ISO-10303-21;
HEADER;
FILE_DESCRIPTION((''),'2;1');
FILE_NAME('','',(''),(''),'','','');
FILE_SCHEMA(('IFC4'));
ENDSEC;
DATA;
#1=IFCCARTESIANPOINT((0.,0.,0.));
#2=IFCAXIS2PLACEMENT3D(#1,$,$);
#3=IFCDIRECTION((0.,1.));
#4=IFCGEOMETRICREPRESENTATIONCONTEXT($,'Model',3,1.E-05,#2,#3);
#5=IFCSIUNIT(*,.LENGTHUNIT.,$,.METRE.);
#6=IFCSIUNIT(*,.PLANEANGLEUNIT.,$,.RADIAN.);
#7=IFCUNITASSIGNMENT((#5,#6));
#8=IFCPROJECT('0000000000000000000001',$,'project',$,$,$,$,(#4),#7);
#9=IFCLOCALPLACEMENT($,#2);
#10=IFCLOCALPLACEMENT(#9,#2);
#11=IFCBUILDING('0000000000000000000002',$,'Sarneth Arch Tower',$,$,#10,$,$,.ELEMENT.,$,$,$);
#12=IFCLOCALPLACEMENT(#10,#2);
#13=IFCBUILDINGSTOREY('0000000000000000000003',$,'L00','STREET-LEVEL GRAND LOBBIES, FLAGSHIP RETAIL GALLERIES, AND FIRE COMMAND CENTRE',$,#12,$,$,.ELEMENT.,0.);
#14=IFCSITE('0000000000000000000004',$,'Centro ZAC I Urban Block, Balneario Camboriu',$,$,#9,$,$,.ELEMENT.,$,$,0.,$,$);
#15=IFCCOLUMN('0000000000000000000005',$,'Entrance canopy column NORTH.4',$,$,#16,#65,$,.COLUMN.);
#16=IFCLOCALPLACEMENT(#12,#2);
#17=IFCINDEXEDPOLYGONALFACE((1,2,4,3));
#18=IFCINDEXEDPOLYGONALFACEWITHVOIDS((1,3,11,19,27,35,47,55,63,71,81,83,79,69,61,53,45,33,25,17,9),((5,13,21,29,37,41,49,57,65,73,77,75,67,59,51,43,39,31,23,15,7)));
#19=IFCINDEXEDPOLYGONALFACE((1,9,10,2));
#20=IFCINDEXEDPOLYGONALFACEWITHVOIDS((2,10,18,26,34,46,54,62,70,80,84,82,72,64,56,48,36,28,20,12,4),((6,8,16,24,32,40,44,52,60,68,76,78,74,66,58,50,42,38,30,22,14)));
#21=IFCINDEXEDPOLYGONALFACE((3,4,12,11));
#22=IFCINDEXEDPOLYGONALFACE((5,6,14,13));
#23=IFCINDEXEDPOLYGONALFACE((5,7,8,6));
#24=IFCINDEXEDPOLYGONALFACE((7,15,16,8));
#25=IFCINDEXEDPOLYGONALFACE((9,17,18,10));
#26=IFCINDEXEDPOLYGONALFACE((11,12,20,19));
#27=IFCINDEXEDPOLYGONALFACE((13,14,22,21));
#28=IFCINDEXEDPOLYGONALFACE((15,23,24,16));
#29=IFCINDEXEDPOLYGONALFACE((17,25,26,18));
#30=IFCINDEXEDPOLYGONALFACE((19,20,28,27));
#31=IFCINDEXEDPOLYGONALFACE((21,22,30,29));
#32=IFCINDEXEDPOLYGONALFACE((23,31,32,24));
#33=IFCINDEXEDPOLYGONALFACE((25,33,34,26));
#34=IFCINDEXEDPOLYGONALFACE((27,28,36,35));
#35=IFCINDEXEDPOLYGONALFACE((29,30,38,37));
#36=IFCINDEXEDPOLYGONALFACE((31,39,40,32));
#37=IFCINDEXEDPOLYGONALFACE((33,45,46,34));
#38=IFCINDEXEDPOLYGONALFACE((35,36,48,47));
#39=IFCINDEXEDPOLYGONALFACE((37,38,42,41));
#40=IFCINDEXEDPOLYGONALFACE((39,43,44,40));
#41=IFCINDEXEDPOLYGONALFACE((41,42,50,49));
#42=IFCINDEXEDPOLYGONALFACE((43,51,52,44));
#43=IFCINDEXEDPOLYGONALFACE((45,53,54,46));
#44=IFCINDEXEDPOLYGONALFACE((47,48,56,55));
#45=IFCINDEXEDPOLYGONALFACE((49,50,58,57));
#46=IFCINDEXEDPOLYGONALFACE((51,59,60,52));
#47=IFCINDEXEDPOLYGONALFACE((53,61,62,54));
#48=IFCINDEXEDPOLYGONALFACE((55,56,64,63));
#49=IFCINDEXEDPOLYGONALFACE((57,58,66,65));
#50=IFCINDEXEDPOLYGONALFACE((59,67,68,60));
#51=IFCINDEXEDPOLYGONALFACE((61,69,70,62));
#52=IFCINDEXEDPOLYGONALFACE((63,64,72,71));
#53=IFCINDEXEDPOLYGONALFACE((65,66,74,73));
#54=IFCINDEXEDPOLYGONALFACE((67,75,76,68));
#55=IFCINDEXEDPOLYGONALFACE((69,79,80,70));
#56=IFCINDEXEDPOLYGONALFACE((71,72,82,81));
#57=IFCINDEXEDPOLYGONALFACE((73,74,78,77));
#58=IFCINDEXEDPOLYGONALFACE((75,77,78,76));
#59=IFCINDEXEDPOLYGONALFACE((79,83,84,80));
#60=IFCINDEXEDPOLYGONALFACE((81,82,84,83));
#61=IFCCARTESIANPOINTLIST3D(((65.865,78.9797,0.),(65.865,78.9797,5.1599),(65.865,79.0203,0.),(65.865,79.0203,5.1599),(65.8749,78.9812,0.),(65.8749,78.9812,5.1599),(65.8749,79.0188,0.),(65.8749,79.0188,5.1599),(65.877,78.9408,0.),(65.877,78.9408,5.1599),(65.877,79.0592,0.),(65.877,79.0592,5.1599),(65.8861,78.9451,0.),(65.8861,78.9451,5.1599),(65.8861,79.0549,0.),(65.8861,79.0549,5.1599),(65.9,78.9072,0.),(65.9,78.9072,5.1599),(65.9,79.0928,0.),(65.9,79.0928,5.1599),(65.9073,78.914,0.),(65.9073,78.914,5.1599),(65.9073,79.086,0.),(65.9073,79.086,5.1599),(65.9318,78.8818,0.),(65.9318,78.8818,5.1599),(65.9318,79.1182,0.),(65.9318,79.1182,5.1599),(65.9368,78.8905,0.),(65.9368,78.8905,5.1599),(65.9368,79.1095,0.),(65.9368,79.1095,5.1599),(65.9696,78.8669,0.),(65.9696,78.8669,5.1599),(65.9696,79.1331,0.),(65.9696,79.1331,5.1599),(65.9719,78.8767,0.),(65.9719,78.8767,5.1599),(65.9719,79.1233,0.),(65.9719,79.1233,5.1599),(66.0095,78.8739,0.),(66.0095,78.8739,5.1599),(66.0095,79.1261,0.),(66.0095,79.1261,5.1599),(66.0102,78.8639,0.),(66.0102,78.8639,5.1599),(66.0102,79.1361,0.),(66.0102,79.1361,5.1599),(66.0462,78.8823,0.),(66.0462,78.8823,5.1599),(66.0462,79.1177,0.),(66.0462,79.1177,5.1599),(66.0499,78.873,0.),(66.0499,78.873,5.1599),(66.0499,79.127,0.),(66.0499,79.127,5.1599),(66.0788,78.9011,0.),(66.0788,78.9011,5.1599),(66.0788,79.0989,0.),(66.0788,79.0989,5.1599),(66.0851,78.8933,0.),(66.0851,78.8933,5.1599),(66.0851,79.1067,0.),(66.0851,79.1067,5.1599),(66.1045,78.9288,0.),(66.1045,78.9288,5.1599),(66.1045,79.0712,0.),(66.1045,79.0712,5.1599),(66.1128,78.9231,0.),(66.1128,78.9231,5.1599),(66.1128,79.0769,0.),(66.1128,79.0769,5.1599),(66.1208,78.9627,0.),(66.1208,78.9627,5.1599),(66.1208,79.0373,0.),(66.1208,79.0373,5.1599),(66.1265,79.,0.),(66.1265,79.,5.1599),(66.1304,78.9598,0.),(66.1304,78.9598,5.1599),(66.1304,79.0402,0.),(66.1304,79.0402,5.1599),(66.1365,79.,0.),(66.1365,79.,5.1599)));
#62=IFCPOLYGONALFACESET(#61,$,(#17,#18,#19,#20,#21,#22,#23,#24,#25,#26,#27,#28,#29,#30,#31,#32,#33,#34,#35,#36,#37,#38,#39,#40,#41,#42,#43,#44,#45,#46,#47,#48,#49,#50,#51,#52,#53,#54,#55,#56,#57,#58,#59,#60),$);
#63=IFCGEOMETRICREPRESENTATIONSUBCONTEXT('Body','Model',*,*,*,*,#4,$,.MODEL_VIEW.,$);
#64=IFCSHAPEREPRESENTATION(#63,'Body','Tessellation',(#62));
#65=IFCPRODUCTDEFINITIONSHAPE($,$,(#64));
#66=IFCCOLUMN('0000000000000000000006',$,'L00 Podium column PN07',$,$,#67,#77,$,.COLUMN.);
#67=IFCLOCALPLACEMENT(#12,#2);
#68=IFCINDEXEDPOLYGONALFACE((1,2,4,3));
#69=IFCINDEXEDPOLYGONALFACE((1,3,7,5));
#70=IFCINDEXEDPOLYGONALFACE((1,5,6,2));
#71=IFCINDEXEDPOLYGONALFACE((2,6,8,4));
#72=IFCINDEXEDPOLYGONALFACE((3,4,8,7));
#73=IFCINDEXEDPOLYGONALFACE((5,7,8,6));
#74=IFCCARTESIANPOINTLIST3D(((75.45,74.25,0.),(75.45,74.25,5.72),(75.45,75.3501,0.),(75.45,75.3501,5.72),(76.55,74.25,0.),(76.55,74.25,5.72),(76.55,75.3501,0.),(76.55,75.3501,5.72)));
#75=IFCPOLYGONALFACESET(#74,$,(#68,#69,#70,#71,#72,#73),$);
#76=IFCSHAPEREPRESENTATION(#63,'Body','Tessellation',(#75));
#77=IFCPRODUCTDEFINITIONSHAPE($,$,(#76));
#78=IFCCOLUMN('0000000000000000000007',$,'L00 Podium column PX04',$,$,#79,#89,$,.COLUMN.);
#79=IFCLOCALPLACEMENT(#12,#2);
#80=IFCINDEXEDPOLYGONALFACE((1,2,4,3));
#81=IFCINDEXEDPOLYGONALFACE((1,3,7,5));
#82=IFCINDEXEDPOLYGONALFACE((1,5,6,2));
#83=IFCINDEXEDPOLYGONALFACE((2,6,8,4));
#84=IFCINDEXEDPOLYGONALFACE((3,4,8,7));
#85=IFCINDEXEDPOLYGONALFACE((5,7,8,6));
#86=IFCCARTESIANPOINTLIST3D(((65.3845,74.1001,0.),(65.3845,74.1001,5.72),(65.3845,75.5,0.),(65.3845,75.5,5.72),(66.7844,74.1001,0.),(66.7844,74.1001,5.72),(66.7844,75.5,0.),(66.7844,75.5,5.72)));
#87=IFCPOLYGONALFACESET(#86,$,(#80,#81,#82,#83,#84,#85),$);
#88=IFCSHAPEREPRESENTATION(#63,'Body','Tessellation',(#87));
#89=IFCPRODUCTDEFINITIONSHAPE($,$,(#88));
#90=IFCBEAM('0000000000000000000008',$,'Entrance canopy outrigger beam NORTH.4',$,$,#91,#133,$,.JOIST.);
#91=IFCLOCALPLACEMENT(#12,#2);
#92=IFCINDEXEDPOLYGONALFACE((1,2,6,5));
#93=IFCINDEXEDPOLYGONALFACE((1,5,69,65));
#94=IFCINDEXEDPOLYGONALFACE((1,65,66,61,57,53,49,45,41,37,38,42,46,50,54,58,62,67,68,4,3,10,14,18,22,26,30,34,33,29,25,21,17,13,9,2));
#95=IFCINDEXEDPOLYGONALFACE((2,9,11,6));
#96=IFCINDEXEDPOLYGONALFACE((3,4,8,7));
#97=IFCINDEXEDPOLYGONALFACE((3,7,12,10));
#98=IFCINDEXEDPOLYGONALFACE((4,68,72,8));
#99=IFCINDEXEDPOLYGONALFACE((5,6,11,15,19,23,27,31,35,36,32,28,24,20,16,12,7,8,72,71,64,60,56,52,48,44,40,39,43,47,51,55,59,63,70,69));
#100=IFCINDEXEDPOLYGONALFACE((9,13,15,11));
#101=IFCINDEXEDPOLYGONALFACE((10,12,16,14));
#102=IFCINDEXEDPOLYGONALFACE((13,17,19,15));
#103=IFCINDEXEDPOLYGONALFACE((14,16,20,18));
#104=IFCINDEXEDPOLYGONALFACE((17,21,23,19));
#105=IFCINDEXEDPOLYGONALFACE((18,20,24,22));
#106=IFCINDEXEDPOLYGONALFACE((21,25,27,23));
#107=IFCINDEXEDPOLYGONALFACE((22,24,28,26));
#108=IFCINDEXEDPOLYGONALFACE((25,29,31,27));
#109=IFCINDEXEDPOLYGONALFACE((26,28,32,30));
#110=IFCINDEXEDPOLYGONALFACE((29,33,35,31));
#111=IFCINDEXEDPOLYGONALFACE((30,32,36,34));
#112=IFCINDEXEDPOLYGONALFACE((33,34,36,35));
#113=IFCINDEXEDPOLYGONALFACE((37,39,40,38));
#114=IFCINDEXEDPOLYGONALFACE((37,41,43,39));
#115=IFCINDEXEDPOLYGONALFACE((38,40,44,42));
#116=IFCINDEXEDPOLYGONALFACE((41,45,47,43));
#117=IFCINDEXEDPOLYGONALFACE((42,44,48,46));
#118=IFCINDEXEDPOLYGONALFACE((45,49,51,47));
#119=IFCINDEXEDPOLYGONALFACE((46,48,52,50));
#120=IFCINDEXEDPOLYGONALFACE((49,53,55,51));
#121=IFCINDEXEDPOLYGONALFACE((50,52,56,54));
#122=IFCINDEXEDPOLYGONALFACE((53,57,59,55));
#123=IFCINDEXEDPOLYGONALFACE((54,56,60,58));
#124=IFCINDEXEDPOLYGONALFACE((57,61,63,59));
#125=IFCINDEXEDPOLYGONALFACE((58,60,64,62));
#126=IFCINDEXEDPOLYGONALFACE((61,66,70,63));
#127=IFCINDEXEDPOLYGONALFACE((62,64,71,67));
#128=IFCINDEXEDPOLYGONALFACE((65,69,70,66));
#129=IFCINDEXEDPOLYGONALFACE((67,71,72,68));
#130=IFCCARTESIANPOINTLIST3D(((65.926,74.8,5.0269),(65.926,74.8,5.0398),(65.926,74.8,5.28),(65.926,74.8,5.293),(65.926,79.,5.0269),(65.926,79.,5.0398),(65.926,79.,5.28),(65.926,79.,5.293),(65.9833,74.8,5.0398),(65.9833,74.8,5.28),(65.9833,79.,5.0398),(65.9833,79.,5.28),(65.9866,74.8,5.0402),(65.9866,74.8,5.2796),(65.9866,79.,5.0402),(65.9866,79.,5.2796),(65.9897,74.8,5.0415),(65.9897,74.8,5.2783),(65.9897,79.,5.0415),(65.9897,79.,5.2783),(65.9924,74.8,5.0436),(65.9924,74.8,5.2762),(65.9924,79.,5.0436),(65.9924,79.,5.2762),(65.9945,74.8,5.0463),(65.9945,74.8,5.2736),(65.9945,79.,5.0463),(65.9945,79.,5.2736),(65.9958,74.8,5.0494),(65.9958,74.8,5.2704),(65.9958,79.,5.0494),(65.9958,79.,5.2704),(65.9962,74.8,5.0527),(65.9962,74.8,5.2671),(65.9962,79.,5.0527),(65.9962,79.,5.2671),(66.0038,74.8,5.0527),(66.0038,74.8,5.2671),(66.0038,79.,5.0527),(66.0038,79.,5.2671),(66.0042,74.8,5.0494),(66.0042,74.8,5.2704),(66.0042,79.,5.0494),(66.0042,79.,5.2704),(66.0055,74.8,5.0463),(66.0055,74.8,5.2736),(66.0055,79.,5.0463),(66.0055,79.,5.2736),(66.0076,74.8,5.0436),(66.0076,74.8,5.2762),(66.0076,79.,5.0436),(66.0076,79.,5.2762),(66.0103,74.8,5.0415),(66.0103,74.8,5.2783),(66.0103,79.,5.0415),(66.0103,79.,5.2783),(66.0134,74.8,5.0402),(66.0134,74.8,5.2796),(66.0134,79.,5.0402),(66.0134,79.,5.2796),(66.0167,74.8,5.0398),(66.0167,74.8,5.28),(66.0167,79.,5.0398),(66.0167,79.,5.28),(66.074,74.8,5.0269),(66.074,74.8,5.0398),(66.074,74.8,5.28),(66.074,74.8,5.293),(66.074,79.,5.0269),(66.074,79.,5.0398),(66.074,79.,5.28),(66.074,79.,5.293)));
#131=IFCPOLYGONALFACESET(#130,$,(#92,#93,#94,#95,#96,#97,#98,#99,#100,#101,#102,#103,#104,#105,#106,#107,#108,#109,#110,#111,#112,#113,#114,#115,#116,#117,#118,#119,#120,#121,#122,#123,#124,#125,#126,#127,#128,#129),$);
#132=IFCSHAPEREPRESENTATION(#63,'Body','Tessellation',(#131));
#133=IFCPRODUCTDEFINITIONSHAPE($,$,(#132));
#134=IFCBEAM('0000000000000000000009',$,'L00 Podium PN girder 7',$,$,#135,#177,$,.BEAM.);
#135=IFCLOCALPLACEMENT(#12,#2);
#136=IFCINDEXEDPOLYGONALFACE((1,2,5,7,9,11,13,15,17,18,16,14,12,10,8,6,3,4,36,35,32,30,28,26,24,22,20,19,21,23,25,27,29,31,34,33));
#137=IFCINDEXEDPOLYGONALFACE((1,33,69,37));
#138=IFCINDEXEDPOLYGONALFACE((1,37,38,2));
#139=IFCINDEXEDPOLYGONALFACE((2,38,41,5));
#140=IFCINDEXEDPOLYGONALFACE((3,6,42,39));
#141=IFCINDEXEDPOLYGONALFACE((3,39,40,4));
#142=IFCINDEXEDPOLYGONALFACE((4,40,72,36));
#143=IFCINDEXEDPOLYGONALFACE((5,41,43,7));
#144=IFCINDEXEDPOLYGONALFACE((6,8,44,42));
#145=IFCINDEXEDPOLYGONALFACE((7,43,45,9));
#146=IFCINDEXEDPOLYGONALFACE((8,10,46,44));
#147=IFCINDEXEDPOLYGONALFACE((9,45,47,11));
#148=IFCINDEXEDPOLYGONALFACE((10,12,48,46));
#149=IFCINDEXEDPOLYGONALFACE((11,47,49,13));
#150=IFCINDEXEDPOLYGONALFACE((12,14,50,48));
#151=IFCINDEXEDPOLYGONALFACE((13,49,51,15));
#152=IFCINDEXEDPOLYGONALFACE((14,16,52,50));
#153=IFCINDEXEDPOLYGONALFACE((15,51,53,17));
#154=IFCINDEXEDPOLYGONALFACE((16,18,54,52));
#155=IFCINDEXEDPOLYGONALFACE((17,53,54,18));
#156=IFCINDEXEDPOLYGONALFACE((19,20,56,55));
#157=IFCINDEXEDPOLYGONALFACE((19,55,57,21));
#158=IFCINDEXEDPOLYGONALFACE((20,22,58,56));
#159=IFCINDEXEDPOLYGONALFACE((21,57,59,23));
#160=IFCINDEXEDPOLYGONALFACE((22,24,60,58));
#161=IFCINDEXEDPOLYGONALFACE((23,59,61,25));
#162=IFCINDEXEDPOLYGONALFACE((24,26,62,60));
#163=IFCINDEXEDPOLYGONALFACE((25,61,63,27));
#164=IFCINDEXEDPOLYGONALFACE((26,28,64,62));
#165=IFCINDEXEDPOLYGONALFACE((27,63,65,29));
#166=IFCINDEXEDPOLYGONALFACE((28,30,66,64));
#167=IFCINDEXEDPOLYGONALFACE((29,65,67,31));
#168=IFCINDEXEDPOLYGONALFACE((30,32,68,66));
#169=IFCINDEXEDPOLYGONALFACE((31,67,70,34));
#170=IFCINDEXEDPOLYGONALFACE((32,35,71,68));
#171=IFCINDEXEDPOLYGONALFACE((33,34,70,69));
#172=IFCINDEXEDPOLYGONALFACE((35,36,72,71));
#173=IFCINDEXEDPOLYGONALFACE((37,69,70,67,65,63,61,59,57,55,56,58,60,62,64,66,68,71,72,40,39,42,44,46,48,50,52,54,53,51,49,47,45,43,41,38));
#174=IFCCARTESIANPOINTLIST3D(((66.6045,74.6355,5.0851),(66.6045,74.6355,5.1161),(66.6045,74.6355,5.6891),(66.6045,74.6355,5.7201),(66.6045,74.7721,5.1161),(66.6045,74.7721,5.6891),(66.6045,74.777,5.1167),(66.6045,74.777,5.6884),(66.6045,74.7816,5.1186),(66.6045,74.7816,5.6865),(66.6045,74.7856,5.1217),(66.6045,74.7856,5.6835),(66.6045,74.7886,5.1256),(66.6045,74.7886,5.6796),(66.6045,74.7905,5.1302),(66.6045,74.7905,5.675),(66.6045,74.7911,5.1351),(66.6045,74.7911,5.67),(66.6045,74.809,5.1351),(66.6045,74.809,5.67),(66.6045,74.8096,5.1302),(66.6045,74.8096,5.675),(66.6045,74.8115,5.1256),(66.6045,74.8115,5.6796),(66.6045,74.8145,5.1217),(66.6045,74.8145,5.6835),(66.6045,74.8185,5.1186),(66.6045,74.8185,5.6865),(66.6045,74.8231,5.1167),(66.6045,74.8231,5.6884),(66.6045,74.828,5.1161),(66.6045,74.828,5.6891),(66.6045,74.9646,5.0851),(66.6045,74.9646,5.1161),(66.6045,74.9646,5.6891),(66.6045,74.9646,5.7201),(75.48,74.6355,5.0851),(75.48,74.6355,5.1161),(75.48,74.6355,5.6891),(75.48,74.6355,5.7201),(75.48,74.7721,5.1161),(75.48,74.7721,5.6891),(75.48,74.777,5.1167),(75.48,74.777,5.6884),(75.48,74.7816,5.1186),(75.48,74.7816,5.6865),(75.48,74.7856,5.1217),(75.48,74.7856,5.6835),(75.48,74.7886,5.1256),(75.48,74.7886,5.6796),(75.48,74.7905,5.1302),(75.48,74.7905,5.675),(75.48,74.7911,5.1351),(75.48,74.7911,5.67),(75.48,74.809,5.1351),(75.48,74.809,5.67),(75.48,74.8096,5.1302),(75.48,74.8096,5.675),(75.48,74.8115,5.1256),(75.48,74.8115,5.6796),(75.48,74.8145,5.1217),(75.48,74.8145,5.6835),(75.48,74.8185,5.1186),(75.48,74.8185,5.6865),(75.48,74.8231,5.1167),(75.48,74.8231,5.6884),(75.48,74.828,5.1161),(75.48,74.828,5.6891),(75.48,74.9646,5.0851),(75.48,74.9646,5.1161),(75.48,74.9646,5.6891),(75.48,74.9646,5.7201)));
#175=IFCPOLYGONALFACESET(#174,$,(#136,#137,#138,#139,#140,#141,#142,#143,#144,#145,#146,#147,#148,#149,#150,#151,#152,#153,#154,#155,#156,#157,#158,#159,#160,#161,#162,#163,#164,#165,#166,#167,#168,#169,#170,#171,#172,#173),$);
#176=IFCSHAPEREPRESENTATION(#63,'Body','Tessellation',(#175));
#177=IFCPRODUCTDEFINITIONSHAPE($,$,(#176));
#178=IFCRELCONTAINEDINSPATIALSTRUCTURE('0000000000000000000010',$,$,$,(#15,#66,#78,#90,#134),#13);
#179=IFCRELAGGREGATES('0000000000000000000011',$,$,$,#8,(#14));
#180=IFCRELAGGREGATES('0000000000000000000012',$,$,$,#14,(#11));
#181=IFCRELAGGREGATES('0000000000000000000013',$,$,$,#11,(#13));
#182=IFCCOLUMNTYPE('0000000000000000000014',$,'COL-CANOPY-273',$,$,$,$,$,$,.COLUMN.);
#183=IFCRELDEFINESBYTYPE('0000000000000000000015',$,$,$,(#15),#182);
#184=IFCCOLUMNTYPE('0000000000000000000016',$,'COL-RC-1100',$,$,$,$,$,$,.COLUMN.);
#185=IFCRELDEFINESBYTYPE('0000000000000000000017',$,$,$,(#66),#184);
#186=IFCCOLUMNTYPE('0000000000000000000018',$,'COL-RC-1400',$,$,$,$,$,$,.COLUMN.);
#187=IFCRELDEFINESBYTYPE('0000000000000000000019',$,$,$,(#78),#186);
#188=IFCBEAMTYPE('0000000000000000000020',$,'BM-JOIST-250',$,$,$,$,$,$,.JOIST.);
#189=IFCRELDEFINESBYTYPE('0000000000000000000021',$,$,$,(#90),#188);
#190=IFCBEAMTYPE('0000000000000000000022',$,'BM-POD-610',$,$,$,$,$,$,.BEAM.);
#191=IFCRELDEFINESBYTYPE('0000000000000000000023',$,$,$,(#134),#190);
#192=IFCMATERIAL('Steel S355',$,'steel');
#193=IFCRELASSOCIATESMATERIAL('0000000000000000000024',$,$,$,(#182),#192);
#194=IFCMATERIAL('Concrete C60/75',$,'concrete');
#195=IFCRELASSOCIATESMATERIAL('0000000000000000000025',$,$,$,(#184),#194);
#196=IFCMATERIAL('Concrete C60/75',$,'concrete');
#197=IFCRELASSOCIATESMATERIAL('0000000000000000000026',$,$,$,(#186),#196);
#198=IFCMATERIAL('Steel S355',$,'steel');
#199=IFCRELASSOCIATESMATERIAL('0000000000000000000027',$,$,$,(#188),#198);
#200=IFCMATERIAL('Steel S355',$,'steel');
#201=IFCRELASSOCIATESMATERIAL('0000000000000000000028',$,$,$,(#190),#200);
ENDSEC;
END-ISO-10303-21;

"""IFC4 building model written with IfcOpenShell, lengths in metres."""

from ifc_helpers import new_model, si_unit, direction, frame, origin, origin_2d, place, context, subcontext, project, spatial, rectangle, hollow_circle, i_section, extrude, material, material_profile, profile_set, type_object, element, save


model = new_model("IFC4")

# Units and contexts
model_context = context("Model", 3, precision=1e-05, world=origin(), true_north=direction((0.0, 1.0)))
body_context = subcontext(model_context, "Body", "Model", "MODEL_VIEW")
ifc_project = project(units=[si_unit("LENGTHUNIT", "METRE"), si_unit("PLANEANGLEUNIT", "RADIAN")], contexts=[model_context])

# Site, building, storey
site_placement = place(None, origin())
site = spatial("IfcSite", under=ifc_project, at=site_placement, Name="Centro ZAC I Urban Block, Balneario Camboriu", CompositionType="ELEMENT", RefElevation=0.0)
building_placement = place(site_placement, origin())
building = spatial("IfcBuilding", under=site, at=building_placement, Name="Sarneth Arch Tower", CompositionType="ELEMENT")
storey_placement = place(building_placement, origin())
storey = spatial("IfcBuildingStorey", under=building, at=storey_placement, Name="L00", Description="STREET-LEVEL GRAND LOBBIES, FLAGSHIP RETAIL GALLERIES, AND FIRE COMMAND CENTRE", CompositionType="ELEMENT", Elevation=0.0)

# Columns
ifc_material_1 = material(Name="Steel S355", Category="steel")
ifc_material_profile_1 = material_profile(ifc_material_1, hollow_circle(Radius=0.1365, WallThickness=0.01, at=origin_2d()), Name="CHS273x10")
ifc_profile_set_1 = profile_set([ifc_material_profile_1], Name="Steel S355")
column_type_1 = type_object("IfcColumnType", Name="COL-CANOPY-273", PredefinedType="COLUMN", material=ifc_profile_set_1)
column_1_placement = place(storey_placement, frame((66.0, 79.0, 0.0), z_axis=(0.0, 0.0, 1.0), x_axis=(1.0, 0.0, 0.0)))
element("IfcColumn", 1, at=column_1_placement, inside=storey, type_object=column_type_1, Name="Entrance canopy column NORTH.4", PredefinedType="COLUMN", context=body_context, shape_type="SweptSolid", body=[
    extrude(hollow_circle(Radius=0.1365, WallThickness=0.01, at=origin_2d()), origin(), (0.0, 0.0, 1.0), 5.1599),
])
ifc_material_2 = material(Name="Concrete C60/75", Category="concrete")
ifc_material_profile_2 = material_profile(ifc_material_2, rectangle(XDim=1.1001, YDim=1.1001, at=origin_2d()), Name="RC-1100x1100")
ifc_profile_set_2 = profile_set([ifc_material_profile_2], Name="Concrete C60/75")
column_type_2 = type_object("IfcColumnType", Name="COL-RC-1100", PredefinedType="COLUMN", material=ifc_profile_set_2)
column_2_placement = place(storey_placement, frame((76.0, 74.8, 0.0), z_axis=(0.0, 0.0, 1.0), x_axis=(1.0, 0.0, 0.0)))
element("IfcColumn", 2, at=column_2_placement, inside=storey, type_object=column_type_2, Name="L00 Podium column PN07", PredefinedType="COLUMN", context=body_context, shape_type="SweptSolid", body=[
    extrude(rectangle(XDim=1.1001, YDim=1.1001, at=origin_2d()), origin(), (0.0, 0.0, 1.0), 5.72),
])
ifc_material_3 = material(Name="Concrete C60/75", Category="concrete")
ifc_material_profile_3 = material_profile(ifc_material_3, rectangle(XDim=1.3999, YDim=1.3999, at=origin_2d()), Name="RC-1400x1400")
ifc_profile_set_3 = profile_set([ifc_material_profile_3], Name="Concrete C60/75")
column_type_3 = type_object("IfcColumnType", Name="COL-RC-1400", PredefinedType="COLUMN", material=ifc_profile_set_3)
column_3_placement = place(storey_placement, frame((66.0845, 74.8, 0.0), z_axis=(0.0, 0.0, 1.0), x_axis=(1.0, 0.0, 0.0)))
element("IfcColumn", 3, at=column_3_placement, inside=storey, type_object=column_type_3, Name="L00 Podium column PX04", PredefinedType="COLUMN", context=body_context, shape_type="SweptSolid", body=[
    extrude(rectangle(XDim=1.3999, YDim=1.3999, at=origin_2d()), origin(), (0.0, 0.0, 1.0), 5.72),
])

# Beams
ifc_material_4 = material(Name="Steel S355", Category="steel")
ifc_material_profile_4 = material_profile(ifc_material_4, i_section(OverallWidth=0.1479, OverallDepth=0.2661, WebThickness=0.0076, FlangeThickness=0.0129, FilletRadius=0.0129, at=origin_2d()), Name="W250x44.8")
ifc_profile_set_4 = profile_set([ifc_material_profile_4], Name="Steel S355")
beam_type_1 = type_object("IfcBeamType", Name="BM-JOIST-250", PredefinedType="JOIST", material=ifc_profile_set_4)
beam_1_placement = place(storey_placement, frame((66.0, 74.8, 5.1599), z_axis=(0.0, 1.0, 0.0), x_axis=(-1.0, 0.0, 0.0)))
element("IfcBeam", 4, at=beam_1_placement, inside=storey, type_object=beam_type_1, Name="Entrance canopy outrigger beam NORTH.4", PredefinedType="JOIST", context=body_context, shape_type="SweptSolid", body=[
    extrude(i_section(OverallWidth=0.1479, OverallDepth=0.2661, WebThickness=0.0076, FlangeThickness=0.0129, FilletRadius=0.0129, at=origin_2d()), origin(), (0.0, 0.0, 1.0), 4.2),
])
ifc_material_5 = material(Name="Steel S355", Category="steel")
ifc_material_profile_5 = material_profile(ifc_material_5, i_section(OverallWidth=0.3291, OverallDepth=0.635, WebThickness=0.0178, FlangeThickness=0.031, FilletRadius=0.019, at=origin_2d()), Name="W610x241")
ifc_profile_set_5 = profile_set([ifc_material_profile_5], Name="Steel S355")
beam_type_2 = type_object("IfcBeamType", Name="BM-POD-610", PredefinedType="BEAM", material=ifc_profile_set_5)
beam_2_placement = place(storey_placement, frame((66.6045, 74.8, 5.4026), z_axis=(1.0, 0.0, 0.0), x_axis=(0.0, 1.0, 0.0)))
element("IfcBeam", 5, at=beam_2_placement, inside=storey, type_object=beam_type_2, Name="L00 Podium PN girder 7", PredefinedType="BEAM", context=body_context, shape_type="SweptSolid", body=[
    extrude(i_section(OverallWidth=0.3291, OverallDepth=0.635, WebThickness=0.0178, FlangeThickness=0.031, FilletRadius=0.019, at=origin_2d()), origin(), (0.0, 0.0, 1.0), 8.8755),
])

save(model, "model.ifc")
